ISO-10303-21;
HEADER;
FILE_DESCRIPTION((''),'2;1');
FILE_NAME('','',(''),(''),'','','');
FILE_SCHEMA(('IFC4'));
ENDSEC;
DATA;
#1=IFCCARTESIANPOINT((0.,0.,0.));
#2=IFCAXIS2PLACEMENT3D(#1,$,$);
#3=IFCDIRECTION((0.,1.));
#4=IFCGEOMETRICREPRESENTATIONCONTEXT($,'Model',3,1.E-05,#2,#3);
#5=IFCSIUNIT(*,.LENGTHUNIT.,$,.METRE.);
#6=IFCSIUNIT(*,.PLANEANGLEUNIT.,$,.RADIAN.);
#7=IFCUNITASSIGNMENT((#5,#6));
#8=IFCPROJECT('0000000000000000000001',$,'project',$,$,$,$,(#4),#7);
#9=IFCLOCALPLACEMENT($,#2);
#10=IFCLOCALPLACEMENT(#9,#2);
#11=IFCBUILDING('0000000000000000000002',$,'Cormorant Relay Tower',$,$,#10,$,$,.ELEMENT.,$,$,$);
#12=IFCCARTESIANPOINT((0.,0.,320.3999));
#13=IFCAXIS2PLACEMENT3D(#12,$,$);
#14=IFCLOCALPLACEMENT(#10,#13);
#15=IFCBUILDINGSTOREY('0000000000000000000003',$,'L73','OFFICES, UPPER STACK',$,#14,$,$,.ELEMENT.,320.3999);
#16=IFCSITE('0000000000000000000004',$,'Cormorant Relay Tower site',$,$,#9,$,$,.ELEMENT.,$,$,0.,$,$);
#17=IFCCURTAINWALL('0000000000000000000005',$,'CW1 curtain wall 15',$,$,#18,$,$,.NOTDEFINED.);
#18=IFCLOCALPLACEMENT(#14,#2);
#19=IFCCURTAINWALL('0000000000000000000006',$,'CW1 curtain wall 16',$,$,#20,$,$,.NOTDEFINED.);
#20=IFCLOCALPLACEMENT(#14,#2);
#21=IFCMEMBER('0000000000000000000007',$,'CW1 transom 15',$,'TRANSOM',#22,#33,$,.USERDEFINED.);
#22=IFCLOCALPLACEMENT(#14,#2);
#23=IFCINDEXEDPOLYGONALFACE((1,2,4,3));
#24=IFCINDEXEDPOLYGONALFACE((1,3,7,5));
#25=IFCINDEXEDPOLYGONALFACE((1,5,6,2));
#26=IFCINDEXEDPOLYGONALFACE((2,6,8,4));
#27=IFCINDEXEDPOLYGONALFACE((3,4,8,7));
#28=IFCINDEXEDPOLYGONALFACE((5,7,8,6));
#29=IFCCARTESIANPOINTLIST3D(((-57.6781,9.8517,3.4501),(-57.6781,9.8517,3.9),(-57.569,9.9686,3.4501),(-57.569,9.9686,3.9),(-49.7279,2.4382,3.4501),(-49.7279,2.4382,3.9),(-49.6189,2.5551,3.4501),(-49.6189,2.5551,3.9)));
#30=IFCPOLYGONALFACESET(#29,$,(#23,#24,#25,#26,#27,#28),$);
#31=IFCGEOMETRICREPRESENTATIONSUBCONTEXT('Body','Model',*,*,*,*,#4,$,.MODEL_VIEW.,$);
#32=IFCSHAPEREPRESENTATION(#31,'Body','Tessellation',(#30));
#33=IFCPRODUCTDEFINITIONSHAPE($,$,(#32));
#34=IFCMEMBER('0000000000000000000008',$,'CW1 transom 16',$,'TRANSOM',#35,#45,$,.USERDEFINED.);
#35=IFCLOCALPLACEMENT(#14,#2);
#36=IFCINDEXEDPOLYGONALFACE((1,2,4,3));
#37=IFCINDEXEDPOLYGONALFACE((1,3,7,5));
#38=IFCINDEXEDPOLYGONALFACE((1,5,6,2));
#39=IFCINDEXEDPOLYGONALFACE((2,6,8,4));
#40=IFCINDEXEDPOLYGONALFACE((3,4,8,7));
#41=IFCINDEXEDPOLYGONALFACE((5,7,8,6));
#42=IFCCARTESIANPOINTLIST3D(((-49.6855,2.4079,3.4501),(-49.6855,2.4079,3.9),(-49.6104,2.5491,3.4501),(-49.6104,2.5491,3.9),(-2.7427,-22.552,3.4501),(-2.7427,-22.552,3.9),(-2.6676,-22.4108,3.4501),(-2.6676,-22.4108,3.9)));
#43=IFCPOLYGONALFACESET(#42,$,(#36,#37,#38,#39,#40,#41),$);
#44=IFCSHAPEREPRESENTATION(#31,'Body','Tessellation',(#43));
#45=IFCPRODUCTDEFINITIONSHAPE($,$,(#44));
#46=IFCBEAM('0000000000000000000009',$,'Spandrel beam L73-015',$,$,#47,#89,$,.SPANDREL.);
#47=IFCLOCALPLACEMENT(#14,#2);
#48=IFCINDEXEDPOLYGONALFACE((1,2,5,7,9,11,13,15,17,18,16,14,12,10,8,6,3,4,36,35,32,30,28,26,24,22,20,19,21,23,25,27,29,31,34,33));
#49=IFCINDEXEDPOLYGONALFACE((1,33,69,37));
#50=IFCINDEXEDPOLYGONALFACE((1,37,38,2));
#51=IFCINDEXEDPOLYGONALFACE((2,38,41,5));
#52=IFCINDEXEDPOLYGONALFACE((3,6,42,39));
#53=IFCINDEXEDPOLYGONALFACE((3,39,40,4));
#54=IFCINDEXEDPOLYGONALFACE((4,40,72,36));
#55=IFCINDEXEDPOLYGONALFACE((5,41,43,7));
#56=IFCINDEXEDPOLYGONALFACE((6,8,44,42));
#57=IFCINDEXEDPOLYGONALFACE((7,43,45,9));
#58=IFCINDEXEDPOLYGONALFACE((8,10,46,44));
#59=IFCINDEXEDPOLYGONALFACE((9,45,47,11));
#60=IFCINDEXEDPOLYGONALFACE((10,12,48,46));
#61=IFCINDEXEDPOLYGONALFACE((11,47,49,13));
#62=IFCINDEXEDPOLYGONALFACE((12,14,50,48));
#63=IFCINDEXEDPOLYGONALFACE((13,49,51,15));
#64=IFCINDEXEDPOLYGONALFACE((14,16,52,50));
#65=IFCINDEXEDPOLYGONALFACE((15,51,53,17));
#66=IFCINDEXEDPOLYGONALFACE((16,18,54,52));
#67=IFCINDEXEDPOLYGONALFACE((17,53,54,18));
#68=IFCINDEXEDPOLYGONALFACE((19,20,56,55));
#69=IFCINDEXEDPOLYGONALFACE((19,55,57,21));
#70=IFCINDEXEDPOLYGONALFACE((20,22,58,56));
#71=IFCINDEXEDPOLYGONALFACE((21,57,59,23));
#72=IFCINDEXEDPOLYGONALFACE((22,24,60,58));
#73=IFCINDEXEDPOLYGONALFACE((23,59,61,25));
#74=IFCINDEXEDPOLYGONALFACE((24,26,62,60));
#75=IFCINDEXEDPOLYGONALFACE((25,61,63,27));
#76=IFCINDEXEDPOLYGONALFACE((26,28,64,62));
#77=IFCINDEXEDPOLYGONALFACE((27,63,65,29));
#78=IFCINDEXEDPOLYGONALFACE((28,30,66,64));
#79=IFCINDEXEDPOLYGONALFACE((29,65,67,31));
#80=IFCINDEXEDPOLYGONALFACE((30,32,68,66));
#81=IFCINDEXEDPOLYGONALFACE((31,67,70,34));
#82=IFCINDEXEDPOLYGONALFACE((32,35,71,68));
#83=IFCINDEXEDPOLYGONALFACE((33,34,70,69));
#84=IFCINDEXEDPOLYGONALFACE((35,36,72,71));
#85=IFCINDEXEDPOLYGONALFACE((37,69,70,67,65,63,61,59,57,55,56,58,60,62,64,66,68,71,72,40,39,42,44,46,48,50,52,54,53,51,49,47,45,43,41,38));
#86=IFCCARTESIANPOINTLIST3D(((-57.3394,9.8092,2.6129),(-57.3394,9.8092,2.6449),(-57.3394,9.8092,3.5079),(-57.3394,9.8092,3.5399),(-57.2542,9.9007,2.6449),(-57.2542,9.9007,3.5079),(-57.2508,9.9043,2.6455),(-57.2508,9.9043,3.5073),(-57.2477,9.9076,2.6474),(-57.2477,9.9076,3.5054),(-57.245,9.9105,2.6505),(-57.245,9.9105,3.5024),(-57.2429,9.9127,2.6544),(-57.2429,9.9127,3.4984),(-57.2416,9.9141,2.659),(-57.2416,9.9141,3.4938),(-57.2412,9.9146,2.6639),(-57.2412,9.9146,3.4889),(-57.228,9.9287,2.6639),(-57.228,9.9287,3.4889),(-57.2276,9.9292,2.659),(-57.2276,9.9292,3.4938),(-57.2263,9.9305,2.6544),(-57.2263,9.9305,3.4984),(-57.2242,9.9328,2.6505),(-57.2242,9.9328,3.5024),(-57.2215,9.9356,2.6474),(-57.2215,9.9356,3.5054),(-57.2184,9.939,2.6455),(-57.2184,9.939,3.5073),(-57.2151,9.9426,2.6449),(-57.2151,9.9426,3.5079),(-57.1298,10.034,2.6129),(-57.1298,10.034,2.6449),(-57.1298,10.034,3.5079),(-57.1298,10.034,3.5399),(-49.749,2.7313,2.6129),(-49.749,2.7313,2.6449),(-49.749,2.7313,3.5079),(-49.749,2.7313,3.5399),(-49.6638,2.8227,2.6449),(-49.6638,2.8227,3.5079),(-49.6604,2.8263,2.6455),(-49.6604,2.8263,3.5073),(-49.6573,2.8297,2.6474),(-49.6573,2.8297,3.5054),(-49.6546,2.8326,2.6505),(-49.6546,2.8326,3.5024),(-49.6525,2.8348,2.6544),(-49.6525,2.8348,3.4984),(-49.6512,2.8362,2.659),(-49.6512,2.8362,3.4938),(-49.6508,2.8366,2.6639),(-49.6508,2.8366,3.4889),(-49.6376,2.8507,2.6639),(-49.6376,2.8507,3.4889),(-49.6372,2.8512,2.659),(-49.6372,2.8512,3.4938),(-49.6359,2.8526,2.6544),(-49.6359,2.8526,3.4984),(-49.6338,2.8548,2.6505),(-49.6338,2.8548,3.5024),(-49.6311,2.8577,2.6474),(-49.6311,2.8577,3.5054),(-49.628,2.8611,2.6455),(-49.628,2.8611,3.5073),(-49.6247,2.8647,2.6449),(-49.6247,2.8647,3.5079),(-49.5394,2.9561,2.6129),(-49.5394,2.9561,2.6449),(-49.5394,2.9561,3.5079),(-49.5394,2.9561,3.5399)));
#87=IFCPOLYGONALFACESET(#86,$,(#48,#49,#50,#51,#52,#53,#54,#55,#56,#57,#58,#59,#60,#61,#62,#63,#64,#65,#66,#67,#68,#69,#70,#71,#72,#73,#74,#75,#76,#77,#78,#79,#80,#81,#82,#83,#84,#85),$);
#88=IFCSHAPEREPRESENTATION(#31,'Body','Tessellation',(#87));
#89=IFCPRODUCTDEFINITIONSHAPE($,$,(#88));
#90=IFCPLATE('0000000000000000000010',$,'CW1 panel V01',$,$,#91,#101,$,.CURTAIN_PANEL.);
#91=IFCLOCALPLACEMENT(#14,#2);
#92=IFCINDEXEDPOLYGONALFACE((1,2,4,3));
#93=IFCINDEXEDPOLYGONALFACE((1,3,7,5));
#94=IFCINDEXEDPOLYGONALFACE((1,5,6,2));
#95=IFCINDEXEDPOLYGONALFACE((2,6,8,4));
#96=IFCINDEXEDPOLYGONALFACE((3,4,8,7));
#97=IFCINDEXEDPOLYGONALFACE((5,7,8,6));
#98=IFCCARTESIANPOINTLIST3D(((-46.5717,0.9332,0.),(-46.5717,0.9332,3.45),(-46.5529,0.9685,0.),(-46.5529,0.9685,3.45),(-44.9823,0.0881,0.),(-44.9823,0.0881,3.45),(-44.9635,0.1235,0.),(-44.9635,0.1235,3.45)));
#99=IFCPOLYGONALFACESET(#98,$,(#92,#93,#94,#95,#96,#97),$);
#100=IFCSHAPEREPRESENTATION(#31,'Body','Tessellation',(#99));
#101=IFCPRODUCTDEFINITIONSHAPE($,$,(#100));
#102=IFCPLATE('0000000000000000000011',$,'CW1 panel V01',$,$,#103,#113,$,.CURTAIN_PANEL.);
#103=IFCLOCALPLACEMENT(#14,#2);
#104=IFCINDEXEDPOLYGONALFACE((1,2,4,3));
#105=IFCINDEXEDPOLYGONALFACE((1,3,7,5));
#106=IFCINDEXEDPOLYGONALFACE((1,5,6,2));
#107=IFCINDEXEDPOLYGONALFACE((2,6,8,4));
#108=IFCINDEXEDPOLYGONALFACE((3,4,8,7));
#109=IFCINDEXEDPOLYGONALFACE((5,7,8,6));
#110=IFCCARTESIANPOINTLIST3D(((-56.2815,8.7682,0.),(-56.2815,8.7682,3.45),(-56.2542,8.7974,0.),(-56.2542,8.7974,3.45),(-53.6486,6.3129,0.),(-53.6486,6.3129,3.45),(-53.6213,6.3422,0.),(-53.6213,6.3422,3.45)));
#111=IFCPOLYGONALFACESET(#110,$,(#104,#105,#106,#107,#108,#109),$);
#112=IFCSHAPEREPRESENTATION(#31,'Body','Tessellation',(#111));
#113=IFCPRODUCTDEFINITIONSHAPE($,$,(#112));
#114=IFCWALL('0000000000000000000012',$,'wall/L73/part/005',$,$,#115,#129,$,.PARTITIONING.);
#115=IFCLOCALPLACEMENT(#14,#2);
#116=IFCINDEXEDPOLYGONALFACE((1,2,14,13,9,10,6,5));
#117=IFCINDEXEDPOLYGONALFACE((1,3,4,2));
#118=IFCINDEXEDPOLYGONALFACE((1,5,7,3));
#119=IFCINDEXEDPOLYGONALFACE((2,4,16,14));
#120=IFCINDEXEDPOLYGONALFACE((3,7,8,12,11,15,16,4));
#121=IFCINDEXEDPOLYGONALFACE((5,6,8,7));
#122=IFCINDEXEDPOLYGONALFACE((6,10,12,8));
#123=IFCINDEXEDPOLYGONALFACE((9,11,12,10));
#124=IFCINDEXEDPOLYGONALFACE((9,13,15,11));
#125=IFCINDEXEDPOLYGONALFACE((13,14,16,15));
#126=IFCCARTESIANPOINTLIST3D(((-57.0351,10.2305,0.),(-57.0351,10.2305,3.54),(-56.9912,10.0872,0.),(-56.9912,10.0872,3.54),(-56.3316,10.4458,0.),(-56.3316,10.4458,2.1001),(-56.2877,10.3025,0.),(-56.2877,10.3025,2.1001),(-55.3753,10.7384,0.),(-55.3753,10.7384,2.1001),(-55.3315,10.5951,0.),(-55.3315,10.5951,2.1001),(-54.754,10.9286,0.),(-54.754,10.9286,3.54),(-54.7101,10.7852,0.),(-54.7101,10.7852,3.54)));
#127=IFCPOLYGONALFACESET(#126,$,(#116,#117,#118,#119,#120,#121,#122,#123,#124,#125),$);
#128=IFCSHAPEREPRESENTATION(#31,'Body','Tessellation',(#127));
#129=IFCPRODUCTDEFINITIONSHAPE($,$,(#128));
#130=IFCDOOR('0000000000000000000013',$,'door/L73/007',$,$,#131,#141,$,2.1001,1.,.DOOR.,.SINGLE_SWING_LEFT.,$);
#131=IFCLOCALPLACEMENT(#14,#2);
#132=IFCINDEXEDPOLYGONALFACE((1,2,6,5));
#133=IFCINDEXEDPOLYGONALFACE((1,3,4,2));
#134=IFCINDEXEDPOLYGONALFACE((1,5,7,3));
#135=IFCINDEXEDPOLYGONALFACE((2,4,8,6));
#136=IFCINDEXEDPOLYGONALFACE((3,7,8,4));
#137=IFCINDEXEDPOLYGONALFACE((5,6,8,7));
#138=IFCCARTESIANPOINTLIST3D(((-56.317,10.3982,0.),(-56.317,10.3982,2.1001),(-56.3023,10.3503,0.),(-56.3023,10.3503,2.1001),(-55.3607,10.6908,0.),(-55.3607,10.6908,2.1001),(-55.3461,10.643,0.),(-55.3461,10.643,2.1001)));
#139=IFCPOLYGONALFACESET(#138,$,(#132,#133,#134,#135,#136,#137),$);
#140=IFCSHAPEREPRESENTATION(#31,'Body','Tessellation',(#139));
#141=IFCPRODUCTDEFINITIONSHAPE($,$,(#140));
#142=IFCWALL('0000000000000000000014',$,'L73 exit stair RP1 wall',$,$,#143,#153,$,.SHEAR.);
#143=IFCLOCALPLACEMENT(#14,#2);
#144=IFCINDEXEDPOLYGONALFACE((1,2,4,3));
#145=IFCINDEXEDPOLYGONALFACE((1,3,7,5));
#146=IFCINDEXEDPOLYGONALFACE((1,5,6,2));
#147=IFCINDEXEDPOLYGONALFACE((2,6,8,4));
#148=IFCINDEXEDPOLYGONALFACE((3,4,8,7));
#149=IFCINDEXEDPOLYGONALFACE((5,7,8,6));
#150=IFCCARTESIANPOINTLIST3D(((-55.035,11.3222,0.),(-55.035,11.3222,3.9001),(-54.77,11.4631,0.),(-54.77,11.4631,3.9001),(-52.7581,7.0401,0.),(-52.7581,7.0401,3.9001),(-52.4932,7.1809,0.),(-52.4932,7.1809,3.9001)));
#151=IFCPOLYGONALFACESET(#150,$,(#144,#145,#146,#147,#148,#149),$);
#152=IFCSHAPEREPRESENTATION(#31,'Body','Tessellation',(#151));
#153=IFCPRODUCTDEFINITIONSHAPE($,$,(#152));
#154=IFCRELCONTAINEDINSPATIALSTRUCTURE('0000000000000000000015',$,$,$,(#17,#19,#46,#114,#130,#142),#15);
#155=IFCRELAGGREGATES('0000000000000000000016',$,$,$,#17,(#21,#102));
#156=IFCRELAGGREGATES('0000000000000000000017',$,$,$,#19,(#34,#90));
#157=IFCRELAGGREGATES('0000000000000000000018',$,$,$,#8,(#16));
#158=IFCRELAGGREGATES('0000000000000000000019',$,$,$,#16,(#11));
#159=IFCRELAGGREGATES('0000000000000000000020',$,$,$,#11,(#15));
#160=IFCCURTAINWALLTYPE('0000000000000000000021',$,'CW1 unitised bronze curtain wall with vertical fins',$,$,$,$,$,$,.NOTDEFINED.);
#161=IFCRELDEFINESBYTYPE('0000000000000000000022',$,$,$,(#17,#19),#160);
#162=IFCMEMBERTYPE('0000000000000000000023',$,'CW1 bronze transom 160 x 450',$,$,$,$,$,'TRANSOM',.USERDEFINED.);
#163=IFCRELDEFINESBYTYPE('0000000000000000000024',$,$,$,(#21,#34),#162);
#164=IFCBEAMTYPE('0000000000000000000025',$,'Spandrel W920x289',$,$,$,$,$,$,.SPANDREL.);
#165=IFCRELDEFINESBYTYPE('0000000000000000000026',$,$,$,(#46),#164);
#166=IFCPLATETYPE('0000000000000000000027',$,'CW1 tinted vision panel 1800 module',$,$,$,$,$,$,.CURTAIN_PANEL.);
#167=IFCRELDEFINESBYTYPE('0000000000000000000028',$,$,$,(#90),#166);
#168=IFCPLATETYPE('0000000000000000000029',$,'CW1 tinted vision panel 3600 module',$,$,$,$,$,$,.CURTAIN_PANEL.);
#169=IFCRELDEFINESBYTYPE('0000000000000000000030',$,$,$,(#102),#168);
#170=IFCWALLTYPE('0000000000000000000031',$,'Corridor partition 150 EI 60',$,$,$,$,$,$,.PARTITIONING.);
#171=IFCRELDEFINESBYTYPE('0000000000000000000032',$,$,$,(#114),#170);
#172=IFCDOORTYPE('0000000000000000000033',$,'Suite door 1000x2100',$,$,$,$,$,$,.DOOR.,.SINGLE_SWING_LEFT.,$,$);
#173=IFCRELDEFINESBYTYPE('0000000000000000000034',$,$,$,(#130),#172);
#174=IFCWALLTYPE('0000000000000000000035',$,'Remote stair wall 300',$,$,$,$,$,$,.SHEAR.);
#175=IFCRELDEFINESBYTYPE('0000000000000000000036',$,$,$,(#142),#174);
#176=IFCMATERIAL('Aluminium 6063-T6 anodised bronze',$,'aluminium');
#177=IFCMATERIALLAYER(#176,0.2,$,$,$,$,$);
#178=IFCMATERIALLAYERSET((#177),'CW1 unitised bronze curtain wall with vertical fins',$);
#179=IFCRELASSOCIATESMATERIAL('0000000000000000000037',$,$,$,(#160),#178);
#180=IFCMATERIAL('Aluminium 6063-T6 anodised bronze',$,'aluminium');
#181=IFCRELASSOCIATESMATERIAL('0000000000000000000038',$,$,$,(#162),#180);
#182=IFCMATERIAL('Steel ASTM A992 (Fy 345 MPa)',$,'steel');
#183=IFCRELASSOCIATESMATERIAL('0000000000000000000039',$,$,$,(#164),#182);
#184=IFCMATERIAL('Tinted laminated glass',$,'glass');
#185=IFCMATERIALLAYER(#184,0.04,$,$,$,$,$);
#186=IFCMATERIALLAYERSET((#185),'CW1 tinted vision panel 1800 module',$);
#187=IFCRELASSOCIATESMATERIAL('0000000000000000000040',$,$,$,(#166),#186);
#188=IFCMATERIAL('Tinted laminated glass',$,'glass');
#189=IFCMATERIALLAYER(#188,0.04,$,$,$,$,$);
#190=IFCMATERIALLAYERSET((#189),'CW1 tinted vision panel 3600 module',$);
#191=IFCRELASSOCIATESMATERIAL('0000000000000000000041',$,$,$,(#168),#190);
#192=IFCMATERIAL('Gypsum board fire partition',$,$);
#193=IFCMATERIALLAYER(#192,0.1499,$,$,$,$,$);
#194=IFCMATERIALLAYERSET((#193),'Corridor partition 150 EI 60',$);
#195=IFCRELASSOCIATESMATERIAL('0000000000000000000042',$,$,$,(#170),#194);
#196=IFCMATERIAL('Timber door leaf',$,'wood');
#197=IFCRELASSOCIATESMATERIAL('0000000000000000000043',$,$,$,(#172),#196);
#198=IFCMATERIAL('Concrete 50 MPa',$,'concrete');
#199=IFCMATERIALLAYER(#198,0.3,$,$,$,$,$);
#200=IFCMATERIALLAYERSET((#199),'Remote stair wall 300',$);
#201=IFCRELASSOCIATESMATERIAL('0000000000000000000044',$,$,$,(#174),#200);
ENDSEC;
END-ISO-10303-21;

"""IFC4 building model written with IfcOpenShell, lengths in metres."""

from ifc_helpers import new_model, si_unit, direction, frame, frame_2d, origin, origin_2d, place, context, subcontext, project, spatial, rectangle, i_section, extrude, material, layer, layer_set, material_profile, profile_set, type_object, element, fill, aggregate, save


model = new_model("IFC4")

# Units and contexts
model_context = context("Model", 3, precision=1e-05, world=origin(), true_north=direction((0.0, 1.0)))
body_context = subcontext(model_context, "Body", "Model", "MODEL_VIEW")
ifc_project = project(units=[si_unit("LENGTHUNIT", "METRE"), si_unit("PLANEANGLEUNIT", "RADIAN")], contexts=[model_context])

# Site, building, storey
site_placement = place(None, origin())
site = spatial("IfcSite", under=ifc_project, at=site_placement, Name="Cormorant Relay Tower site", CompositionType="ELEMENT", RefElevation=0.0)
building_placement = place(site_placement, origin())
building = spatial("IfcBuilding", under=site, at=building_placement, Name="Cormorant Relay Tower", CompositionType="ELEMENT")
storey_placement = place(building_placement, frame((0.0, 0.0, 320.3999)))
storey = spatial("IfcBuildingStorey", under=building, at=storey_placement, Name="L73", Description="OFFICES, UPPER STACK", CompositionType="ELEMENT", Elevation=320.3999)

# Curtain wall
ifc_material_1 = material(Name="Aluminium 6063-T6 anodised bronze", Category="aluminium")
ifc_layer_1 = layer(ifc_material_1, 0.2)
ifc_layer_set_1 = layer_set([ifc_layer_1], Name="CW1 unitised bronze curtain wall with vertical fins")
curtain_wall_type = type_object("IfcCurtainWallType", Name="CW1 unitised bronze curtain wall with vertical fins", PredefinedType="NOTDEFINED", material=ifc_layer_set_1)
curtain_wall_1_placement = place(storey_placement, origin())
curtain_wall_1 = element("IfcCurtainWall", 1, at=curtain_wall_1_placement, inside=storey, type_object=curtain_wall_type, Name="CW1 curtain wall 15", PredefinedType="NOTDEFINED")

# Curtain wall
curtain_wall_2_placement = place(storey_placement, origin())
curtain_wall_2 = element("IfcCurtainWall", 2, at=curtain_wall_2_placement, inside=storey, type_object=curtain_wall_type, Name="CW1 curtain wall 16", PredefinedType="NOTDEFINED")

# Members
ifc_material_2 = material(Name="Aluminium 6063-T6 anodised bronze", Category="aluminium")
ifc_material_profile_1 = material_profile(ifc_material_2, rectangle(XDim=0.1599, YDim=0.45, at=origin_2d()), Name="AL 160x450")
ifc_profile_set_1 = profile_set([ifc_material_profile_1], Name="Aluminium 6063-T6 anodised bronze")
member_type_1 = type_object("IfcMemberType", Name="CW1 bronze transom 160 x 450", ElementType="TRANSOM", PredefinedType="USERDEFINED", material=ifc_profile_set_1)
member_1_placement = place(storey_placement, frame((-57.6235, 9.9102, 3.675), z_axis=(0.731358, -0.681993, 0.0), x_axis=(0.681993, 0.731358, 0.0)))
member_1 = element("IfcMember", 3, at=member_1_placement, type_object=member_type_1, Name="CW1 transom 15", ObjectType="TRANSOM", PredefinedType="USERDEFINED", context=body_context, shape_type="SweptSolid", body=[
    extrude(rectangle(XDim=0.1599, YDim=0.45, at=origin_2d()), origin(), (0.0, 0.0, 1.0), 10.8704),
])
member_2_placement = place(storey_placement, frame((-49.6479, 2.4785, 3.675), z_axis=(0.882948, -0.469471, 0.0), x_axis=(0.469471, 0.882948, 0.0)))
member_2 = element("IfcMember", 4, at=member_2_placement, type_object=member_type_1, Name="CW1 transom 16", ObjectType="TRANSOM", PredefinedType="USERDEFINED", context=body_context, shape_type="SweptSolid", body=[
    extrude(rectangle(XDim=0.1599, YDim=0.45, at=origin_2d()), origin(), (0.0, 0.0, 1.0), 53.166),
])

# Beam
ifc_material_3 = material(Name="Steel ASTM A992 (Fy 345 MPa)", Category="steel")
ifc_material_profile_2 = material_profile(ifc_material_3, i_section(OverallWidth=0.3074, OverallDepth=0.927, WebThickness=0.0193, FlangeThickness=0.032, FilletRadius=0.019, at=origin_2d()), Name="W920x289")
ifc_profile_set_2 = profile_set([ifc_material_profile_2], Name="Steel ASTM A992 (Fy 345 MPa)")
beam_type = type_object("IfcBeamType", Name="Spandrel W920x289", PredefinedType="SPANDREL", material=ifc_profile_set_2)
beam_placement = place(storey_placement, frame((-57.2346, 9.9216, 3.0764), z_axis=(0.731364, -0.681987, 0.0), x_axis=(0.681987, 0.731364, 0.0)))
element("IfcBeam", 5, at=beam_placement, inside=storey, type_object=beam_type, Name="Spandrel beam L73-015", PredefinedType="SPANDREL", context=body_context, shape_type="SweptSolid", body=[
    extrude(i_section(OverallWidth=0.3074, OverallDepth=0.927, WebThickness=0.0193, FlangeThickness=0.032, FilletRadius=0.019, at=origin_2d()), origin(), (0.0, 0.0, 1.0), 10.3784),
])

# Plates
ifc_material_4 = material(Name="Tinted laminated glass", Category="glass")
ifc_layer_2 = layer(ifc_material_4, 0.04)
ifc_layer_set_2 = layer_set([ifc_layer_2], Name="CW1 tinted vision panel 1800 module")
plate_type_1 = type_object("IfcPlateType", Name="CW1 tinted vision panel 1800 module", PredefinedType="CURTAIN_PANEL", material=ifc_layer_set_2)
plate_1_placement = place(storey_placement, frame((-45.7676, 0.5283, 0.0), z_axis=(0.0, 0.0, 1.0), x_axis=(0.882948, -0.469472, 0.0)))
plate_1 = element("IfcPlate", 6, at=plate_1_placement, type_object=plate_type_1, Name="CW1 panel V01", PredefinedType="CURTAIN_PANEL", context=body_context, shape_type="SweptSolid", body=[
    extrude(rectangle(XDim=1.8, YDim=0.04, at=origin_2d()), origin(), (0.0, 0.0, 1.0), 3.45),
])
ifc_material_5 = material(Name="Tinted laminated glass", Category="glass")
ifc_layer_3 = layer(ifc_material_5, 0.04)
ifc_layer_set_3 = layer_set([ifc_layer_3], Name="CW1 tinted vision panel 3600 module")
plate_type_2 = type_object("IfcPlateType", Name="CW1 tinted vision panel 3600 module", PredefinedType="CURTAIN_PANEL", material=ifc_layer_set_3)
plate_2_placement = place(storey_placement, frame((-54.9514, 7.5552, 0.0), z_axis=(0.0, 0.0, 1.0), x_axis=(0.731354, -0.681998, 0.0)))
plate_2 = element("IfcPlate", 7, at=plate_2_placement, type_object=plate_type_2, Name="CW1 panel V01", PredefinedType="CURTAIN_PANEL", context=body_context, shape_type="SweptSolid", body=[
    extrude(rectangle(XDim=3.6001, YDim=0.04, at=origin_2d()), origin(), (0.0, 0.0, 1.0), 3.45),
])

# Wall, opening, door
ifc_material_6 = material(Name="Gypsum board fire partition")
ifc_layer_4 = layer(ifc_material_6, 0.1499)
ifc_layer_set_4 = layer_set([ifc_layer_4], Name="Corridor partition 150 EI 60")
wall_type_1 = type_object("IfcWallType", Name="Corridor partition 150 EI 60", PredefinedType="PARTITIONING", material=ifc_layer_set_4)
wall_1_placement = place(storey_placement, frame((-54.7319, 10.8569, 0.0), z_axis=(0.0, 0.0, 1.0), x_axis=(-0.956232, -0.292611, 0.0)))
wall_1 = element("IfcWall", 8, at=wall_1_placement, inside=storey, type_object=wall_type_1, Name="wall/L73/part/005", PredefinedType="PARTITIONING", context=body_context, shape_type="SweptSolid", body=[
    extrude(rectangle(XDim=2.3855, YDim=0.1499, at=frame_2d((1.1929, 0.0))), origin(), (0.0, 0.0, 1.0), 3.54),
])
opening_1_placement = place(wall_1_placement, frame((0.6499, 0.0, 0.0)))
opening_1 = element("IfcOpeningElement", 9, at=opening_1_placement, cuts=wall_1, PredefinedType="OPENING", context=body_context, shape_type="SweptSolid", body=[
    extrude(rectangle(XDim=1.0, YDim=2.1001, at=frame_2d((0.5, 1.05))), frame((0.0, 0.085, 0.0), z_axis=(0.0, -1.0, 0.0), x_axis=(1.0, 0.0, 0.0)), (0.0, 0.0, 1.0), 0.1699),
])
ifc_material_7 = material(Name="Timber door leaf", Category="wood")
door_type_1 = type_object("IfcDoorType", Name="Suite door 1000x2100", OperationType="SINGLE_SWING_LEFT", PredefinedType="DOOR", material=ifc_material_7)
door_1_placement = place(opening_1_placement, origin())
door_1 = element("IfcDoor", 10, at=door_1_placement, inside=storey, type_object=door_type_1, Name="door/L73/007", OperationType="SINGLE_SWING_LEFT", OverallHeight=2.1001, OverallWidth=1.0, PredefinedType="DOOR", context=body_context, shape_type="SweptSolid", body=[
    extrude(rectangle(XDim=1.0, YDim=2.1001, at=frame_2d((0.5, 1.05))), frame((0.0, 0.0249, 0.0), z_axis=(0.0, -1.0, 0.0), x_axis=(1.0, 0.0, 0.0)), (0.0, 0.0, 1.0), 0.05),
])
fill(opening_1, door_1)

# Wall
ifc_material_8 = material(Name="Concrete 50 MPa", Category="concrete")
ifc_layer_5 = layer(ifc_material_8, 0.3)
ifc_layer_set_5 = layer_set([ifc_layer_5], Name="Remote stair wall 300")
wall_type_2 = type_object("IfcWallType", Name="Remote stair wall 300", PredefinedType="SHEAR", material=ifc_layer_set_5)
wall_2_placement = place(storey_placement, frame((-52.6257, 7.1106, 0.0), z_axis=(0.0, 0.0, 1.0), x_axis=(-0.469464, 0.882951, 0.0)))
element("IfcWall", 11, at=wall_2_placement, inside=storey, type_object=wall_type_2, Name="L73 exit stair RP1 wall", PredefinedType="SHEAR", context=body_context, shape_type="SweptSolid", body=[
    extrude(rectangle(XDim=4.8499, YDim=0.3, at=frame_2d((2.4248, 0.0))), origin(), (0.0, 0.0, 1.0), 3.9001),
])

aggregate(curtain_wall_1, [member_1, plate_2])
aggregate(curtain_wall_2, [member_2, plate_1])

save(model, "model.ifc")
